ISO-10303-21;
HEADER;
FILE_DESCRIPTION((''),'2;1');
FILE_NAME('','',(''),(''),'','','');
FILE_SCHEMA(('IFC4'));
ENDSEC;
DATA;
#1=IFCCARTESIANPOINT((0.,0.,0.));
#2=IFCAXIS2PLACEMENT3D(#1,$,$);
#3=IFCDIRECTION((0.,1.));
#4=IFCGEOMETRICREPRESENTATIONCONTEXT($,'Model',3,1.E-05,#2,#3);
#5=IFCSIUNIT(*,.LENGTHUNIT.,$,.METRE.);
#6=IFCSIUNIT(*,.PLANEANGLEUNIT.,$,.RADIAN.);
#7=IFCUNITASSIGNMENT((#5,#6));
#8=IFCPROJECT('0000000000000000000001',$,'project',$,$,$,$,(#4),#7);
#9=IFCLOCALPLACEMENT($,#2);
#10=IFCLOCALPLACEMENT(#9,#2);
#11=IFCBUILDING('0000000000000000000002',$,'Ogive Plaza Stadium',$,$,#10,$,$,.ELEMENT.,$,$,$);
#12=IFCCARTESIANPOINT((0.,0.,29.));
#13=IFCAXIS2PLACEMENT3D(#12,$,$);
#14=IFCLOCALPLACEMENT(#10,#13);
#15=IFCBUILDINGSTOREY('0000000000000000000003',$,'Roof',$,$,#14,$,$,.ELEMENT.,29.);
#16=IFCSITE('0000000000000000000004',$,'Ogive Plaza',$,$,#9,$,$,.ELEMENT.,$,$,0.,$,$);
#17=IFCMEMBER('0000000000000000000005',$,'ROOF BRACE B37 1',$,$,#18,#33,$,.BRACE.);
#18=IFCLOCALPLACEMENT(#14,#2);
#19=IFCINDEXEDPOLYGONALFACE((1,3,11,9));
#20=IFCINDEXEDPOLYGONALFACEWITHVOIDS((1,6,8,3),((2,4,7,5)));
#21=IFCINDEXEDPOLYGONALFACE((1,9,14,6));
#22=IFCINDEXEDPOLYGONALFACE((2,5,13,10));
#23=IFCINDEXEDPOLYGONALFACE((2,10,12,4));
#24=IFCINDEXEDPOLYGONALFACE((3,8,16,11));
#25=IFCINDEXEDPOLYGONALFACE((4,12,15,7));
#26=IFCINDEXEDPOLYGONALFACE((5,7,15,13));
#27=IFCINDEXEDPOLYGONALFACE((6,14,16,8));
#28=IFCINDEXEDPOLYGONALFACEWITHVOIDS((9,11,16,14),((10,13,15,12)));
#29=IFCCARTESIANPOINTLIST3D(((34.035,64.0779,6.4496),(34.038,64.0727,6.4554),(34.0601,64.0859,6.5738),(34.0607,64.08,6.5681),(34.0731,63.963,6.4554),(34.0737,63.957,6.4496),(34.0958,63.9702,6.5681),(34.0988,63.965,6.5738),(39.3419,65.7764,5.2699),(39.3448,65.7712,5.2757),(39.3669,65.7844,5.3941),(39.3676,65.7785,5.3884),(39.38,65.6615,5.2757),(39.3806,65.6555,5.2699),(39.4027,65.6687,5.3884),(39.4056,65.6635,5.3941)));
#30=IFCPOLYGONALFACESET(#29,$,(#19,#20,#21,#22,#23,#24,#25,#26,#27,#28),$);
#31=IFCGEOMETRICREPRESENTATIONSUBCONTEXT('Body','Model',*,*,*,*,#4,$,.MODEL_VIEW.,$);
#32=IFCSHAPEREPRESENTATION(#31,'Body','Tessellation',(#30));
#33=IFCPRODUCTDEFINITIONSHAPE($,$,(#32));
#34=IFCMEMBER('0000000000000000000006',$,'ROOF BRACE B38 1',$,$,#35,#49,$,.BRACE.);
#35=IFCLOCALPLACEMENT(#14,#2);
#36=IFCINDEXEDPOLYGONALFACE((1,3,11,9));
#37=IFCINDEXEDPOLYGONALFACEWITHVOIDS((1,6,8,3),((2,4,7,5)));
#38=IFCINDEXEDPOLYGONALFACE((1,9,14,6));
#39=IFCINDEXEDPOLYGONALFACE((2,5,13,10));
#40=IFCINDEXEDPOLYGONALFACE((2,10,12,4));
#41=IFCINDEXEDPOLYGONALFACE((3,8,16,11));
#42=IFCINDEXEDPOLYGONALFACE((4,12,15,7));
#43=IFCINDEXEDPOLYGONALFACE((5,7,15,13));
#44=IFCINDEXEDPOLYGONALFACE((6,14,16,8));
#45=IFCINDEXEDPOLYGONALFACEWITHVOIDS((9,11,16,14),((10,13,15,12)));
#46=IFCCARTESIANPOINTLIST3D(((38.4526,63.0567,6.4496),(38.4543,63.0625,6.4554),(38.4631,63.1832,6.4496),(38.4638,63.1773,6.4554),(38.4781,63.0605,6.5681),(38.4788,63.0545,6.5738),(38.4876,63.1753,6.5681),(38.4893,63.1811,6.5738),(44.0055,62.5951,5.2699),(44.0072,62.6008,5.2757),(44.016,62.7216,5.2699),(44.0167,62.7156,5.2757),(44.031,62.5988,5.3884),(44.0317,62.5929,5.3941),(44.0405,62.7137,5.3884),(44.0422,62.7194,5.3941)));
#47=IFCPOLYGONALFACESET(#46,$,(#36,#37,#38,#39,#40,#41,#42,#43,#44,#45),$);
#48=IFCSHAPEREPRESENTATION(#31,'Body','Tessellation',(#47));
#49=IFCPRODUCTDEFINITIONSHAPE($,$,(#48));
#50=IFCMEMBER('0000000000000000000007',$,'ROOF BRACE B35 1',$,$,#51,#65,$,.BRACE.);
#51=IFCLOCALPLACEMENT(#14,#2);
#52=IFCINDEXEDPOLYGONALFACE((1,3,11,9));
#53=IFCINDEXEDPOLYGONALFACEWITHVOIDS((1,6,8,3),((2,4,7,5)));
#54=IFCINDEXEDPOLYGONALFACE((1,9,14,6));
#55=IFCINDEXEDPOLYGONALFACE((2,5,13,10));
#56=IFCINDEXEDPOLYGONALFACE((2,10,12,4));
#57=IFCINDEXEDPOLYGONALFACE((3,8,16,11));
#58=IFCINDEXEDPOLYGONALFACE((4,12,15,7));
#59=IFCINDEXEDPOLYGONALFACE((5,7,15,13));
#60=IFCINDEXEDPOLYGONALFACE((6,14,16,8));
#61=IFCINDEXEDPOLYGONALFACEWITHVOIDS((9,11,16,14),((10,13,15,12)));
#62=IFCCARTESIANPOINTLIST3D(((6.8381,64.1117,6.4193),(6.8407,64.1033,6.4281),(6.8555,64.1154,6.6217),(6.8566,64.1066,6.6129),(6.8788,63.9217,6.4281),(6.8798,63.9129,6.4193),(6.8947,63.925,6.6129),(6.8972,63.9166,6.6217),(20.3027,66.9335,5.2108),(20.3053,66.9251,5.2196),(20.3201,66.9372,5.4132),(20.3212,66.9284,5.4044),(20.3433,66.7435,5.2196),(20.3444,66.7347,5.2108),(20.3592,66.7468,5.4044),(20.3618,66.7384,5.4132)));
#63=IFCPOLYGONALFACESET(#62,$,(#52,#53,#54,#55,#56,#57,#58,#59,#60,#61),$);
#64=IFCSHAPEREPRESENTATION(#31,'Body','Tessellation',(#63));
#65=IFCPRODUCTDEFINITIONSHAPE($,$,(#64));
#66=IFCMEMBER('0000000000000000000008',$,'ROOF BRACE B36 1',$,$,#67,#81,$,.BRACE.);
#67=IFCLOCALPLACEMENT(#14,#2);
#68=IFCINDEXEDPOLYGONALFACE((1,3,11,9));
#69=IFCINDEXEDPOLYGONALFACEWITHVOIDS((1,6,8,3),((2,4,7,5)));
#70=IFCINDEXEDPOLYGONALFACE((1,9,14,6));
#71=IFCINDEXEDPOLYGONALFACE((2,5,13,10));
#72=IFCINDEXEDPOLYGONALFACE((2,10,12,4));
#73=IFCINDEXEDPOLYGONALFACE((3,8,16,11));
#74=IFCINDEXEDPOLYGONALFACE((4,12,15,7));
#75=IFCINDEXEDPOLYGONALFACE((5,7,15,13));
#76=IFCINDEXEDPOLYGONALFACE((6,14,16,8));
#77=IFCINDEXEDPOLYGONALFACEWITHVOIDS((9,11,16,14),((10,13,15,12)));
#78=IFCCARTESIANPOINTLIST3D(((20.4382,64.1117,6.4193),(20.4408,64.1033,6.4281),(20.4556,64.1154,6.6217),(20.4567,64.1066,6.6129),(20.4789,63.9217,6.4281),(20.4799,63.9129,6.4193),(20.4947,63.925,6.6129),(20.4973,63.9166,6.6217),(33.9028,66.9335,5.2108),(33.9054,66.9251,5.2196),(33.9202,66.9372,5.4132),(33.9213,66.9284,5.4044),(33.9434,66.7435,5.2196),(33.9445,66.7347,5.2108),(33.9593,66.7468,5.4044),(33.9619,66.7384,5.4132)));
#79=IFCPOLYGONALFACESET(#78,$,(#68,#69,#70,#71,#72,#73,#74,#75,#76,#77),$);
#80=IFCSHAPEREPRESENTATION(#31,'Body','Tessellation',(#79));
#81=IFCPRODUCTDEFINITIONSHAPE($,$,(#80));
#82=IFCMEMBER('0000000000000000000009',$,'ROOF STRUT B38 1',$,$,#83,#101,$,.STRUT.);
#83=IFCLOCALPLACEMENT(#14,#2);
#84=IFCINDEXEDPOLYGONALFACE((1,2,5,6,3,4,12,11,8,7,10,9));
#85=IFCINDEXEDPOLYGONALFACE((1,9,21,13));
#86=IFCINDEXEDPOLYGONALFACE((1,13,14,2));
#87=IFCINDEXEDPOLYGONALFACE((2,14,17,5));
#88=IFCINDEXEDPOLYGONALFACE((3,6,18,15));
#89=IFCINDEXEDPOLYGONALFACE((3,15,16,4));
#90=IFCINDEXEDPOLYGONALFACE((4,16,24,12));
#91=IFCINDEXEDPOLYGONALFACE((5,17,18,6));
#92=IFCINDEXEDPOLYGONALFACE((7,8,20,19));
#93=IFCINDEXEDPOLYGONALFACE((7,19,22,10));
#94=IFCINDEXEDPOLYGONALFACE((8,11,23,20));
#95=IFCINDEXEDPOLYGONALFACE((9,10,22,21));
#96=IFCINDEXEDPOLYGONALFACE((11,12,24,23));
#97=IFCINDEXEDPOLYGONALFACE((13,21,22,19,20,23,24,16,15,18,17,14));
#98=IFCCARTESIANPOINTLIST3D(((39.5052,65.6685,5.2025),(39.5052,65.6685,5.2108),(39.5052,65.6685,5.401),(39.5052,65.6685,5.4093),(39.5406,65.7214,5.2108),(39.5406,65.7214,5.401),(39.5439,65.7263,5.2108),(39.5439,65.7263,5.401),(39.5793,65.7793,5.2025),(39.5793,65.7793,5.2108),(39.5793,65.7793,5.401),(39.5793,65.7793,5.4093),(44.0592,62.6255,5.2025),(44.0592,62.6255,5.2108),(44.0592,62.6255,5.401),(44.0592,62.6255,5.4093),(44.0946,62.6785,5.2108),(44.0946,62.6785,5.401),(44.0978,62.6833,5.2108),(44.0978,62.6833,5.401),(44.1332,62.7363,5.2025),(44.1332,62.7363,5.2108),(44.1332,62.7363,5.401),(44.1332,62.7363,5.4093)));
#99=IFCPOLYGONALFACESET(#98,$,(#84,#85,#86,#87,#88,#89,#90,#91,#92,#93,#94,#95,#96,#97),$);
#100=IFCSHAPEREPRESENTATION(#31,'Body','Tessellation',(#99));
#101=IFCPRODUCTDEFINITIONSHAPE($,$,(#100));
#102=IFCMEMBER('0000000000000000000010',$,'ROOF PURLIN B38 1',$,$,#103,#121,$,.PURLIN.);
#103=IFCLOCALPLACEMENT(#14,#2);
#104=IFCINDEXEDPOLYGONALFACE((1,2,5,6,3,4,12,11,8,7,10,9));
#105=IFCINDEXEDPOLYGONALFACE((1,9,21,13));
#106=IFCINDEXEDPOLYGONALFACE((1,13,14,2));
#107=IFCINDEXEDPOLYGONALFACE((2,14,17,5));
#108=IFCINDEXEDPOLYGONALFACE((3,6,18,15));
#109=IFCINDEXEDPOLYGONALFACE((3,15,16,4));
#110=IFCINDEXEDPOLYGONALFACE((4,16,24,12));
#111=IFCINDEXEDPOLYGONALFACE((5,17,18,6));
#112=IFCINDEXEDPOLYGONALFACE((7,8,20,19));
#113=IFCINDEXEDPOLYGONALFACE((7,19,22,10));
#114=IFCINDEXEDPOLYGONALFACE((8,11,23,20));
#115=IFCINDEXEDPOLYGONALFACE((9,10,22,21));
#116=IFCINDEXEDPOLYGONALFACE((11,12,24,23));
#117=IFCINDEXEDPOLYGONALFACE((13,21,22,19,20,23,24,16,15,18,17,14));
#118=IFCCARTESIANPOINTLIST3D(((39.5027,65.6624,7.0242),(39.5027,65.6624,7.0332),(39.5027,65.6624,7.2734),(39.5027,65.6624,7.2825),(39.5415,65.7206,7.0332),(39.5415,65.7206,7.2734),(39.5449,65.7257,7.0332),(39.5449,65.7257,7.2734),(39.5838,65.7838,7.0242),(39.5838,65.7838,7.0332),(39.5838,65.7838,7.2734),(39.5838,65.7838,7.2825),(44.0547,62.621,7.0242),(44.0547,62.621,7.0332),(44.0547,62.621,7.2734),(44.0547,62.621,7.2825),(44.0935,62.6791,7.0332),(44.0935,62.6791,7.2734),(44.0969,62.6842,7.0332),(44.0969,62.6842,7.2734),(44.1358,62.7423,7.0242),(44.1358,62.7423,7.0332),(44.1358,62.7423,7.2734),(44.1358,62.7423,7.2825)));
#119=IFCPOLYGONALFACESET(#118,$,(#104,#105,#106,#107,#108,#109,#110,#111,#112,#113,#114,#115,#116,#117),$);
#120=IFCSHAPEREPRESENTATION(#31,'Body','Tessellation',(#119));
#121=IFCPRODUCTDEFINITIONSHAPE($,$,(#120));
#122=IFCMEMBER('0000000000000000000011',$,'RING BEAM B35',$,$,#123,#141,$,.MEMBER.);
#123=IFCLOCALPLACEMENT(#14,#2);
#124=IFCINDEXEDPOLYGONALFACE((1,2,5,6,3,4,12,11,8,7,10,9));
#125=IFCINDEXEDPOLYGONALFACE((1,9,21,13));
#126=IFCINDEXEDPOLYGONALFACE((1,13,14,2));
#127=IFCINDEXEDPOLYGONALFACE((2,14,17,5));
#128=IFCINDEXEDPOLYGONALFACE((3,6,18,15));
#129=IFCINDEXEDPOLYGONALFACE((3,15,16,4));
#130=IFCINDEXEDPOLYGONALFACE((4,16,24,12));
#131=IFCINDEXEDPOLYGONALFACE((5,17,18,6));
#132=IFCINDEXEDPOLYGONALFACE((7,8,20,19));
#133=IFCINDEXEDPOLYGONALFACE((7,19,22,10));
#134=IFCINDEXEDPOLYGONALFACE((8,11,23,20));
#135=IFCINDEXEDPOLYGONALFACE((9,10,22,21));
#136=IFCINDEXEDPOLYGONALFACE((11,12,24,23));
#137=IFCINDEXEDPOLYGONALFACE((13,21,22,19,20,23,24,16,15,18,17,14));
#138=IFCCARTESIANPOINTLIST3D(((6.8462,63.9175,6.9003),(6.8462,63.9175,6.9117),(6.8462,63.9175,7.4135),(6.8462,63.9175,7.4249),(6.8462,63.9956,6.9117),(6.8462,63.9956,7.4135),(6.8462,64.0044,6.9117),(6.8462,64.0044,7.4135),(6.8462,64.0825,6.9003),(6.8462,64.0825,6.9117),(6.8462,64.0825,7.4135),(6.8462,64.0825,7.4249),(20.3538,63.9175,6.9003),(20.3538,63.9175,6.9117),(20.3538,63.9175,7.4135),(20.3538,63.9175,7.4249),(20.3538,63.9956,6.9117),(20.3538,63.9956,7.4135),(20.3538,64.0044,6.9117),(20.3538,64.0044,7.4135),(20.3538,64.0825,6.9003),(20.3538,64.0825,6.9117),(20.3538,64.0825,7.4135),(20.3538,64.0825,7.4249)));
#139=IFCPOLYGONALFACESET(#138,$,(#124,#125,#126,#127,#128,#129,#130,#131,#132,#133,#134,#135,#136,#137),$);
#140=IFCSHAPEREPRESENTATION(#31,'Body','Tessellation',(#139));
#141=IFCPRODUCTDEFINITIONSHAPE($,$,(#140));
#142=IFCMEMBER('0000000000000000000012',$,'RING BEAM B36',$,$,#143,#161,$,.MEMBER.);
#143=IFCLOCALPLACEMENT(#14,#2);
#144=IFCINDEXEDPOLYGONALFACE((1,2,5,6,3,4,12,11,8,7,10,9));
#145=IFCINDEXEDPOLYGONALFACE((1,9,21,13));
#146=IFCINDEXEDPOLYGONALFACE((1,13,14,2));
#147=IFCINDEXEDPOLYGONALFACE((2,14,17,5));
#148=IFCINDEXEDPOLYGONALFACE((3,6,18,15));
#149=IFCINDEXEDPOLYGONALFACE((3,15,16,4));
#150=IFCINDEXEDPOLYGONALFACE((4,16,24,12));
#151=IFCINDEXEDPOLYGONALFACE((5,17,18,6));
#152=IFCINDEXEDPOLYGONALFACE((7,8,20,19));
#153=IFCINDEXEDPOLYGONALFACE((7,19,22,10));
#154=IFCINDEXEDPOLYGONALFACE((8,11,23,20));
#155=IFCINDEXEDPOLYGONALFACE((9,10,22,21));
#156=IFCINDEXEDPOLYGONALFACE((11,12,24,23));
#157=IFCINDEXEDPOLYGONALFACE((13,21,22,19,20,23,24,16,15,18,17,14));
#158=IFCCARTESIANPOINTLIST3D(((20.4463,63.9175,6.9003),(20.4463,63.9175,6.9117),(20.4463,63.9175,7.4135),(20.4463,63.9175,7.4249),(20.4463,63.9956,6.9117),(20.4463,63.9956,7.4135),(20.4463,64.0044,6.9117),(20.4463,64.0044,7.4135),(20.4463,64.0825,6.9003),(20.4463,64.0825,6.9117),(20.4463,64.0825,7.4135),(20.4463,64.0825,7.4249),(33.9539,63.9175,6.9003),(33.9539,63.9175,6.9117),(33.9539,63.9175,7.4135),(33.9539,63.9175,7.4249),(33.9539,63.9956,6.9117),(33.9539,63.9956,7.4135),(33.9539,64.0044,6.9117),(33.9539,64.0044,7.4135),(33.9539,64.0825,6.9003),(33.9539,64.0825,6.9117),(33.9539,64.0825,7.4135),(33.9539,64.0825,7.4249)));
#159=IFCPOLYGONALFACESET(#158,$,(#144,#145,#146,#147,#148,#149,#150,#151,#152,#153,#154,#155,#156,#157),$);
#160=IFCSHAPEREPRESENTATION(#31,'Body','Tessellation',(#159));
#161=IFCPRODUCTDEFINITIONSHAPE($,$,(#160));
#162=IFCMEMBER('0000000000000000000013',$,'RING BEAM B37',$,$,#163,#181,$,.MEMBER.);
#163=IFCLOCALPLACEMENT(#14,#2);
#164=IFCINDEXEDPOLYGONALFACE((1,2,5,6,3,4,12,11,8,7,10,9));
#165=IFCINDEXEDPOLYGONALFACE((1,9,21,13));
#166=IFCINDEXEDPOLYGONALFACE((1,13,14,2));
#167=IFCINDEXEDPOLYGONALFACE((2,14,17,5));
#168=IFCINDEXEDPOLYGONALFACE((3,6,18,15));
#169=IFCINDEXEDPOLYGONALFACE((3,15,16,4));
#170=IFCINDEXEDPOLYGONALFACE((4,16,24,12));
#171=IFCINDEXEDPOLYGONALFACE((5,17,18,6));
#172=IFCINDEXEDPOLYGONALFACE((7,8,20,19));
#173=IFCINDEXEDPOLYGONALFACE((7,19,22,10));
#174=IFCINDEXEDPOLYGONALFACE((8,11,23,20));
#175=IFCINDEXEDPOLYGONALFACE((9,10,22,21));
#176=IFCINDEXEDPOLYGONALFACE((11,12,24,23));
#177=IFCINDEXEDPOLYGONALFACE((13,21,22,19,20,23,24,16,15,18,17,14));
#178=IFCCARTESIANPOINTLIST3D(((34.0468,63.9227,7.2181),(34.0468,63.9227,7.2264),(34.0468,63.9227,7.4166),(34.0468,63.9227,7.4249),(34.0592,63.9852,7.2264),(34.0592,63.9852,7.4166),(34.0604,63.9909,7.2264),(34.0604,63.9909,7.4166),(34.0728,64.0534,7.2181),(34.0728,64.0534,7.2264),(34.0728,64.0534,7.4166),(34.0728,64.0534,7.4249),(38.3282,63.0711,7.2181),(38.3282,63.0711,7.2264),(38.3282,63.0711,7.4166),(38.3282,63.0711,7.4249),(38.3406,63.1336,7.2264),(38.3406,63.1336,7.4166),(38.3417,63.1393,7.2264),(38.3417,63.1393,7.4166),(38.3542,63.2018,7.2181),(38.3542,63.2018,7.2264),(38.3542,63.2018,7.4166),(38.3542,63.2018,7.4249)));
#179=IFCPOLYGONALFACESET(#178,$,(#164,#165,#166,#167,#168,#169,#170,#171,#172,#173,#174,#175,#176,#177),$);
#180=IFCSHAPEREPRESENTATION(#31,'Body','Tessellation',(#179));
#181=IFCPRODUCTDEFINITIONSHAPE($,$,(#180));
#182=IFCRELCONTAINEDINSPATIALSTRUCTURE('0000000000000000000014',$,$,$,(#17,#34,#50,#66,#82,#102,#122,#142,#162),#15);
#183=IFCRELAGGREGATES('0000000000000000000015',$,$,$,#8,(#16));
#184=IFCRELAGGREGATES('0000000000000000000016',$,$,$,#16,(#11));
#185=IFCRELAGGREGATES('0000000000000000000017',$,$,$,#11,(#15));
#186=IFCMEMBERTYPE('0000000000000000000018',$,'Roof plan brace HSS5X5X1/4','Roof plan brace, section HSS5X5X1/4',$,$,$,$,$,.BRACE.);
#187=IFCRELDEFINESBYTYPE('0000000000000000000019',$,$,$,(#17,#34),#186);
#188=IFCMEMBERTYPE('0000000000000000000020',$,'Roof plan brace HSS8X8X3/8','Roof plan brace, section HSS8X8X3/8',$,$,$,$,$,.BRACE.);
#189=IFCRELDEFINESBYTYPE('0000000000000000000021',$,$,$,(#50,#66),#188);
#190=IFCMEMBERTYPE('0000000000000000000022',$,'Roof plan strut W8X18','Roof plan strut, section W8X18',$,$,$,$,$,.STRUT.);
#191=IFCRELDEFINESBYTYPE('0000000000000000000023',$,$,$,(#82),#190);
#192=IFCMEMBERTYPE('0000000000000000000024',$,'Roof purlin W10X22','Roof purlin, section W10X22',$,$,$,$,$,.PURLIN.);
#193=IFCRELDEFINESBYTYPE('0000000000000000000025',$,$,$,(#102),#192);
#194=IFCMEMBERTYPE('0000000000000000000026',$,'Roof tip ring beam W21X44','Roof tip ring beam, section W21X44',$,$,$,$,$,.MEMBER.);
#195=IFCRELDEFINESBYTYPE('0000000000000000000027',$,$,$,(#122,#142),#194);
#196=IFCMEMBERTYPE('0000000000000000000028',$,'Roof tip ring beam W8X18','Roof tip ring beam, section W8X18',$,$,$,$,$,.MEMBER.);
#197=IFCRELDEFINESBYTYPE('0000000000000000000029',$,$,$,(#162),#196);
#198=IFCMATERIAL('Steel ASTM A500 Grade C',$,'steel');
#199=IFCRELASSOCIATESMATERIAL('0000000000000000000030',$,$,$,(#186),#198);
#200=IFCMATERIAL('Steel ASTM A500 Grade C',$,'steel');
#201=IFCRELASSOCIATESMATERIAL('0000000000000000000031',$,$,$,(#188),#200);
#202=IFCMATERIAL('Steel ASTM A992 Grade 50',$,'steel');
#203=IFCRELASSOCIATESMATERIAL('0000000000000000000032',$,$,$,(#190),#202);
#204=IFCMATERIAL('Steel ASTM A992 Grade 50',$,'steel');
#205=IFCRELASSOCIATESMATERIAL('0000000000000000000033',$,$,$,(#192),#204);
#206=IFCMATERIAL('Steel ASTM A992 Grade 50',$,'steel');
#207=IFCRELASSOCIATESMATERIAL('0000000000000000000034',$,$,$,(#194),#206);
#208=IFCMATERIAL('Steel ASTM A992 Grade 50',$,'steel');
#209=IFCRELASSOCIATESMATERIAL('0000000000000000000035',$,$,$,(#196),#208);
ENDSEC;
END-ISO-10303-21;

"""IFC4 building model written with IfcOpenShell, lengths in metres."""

from ifc_helpers import new_model, si_unit, direction, frame, origin, origin_2d, place, context, subcontext, project, spatial, hollow_rectangle, i_section, extrude, material, material_profile, profile_set, type_object, element, save


model = new_model("IFC4")

# Units and contexts
model_context = context("Model", 3, precision=1e-05, world=origin(), true_north=direction((0.0, 1.0)))
body_context = subcontext(model_context, "Body", "Model", "MODEL_VIEW")
ifc_project = project(units=[si_unit("LENGTHUNIT", "METRE"), si_unit("PLANEANGLEUNIT", "RADIAN")], contexts=[model_context])

# Site, building, storey
site_placement = place(None, origin())
site = spatial("IfcSite", under=ifc_project, at=site_placement, Name="Ogive Plaza", CompositionType="ELEMENT", RefElevation=0.0)
building_placement = place(site_placement, origin())
building = spatial("IfcBuilding", under=site, at=building_placement, Name="Ogive Plaza Stadium", CompositionType="ELEMENT")
storey_placement = place(building_placement, frame((0.0, 0.0, 29.0)))
storey = spatial("IfcBuildingStorey", under=building, at=storey_placement, Name="Roof", CompositionType="ELEMENT", Elevation=29.0)

# Members
ifc_material_1 = material(Name="Steel ASTM A500 Grade C", Category="steel")
ifc_material_profile_1 = material_profile(ifc_material_1, hollow_rectangle(XDim=0.127, YDim=0.127, WallThickness=0.0059, at=origin_2d()), Name="HSS5X5X1/4")
ifc_profile_set_1 = profile_set([ifc_material_profile_1], Name="Steel ASTM A500 Grade C")
member_type_1 = type_object("IfcMemberType", Name="Roof plan brace HSS5X5X1/4", Description="Roof plan brace, section HSS5X5X1/4", PredefinedType="BRACE", material=ifc_profile_set_1)
for number, where, z_axis, x_axis, name in (
    (1, (34.0669, 64.0215, 6.5117), (0.931756, 0.298212, -0.207124), (-0.304822, 0.952409, 0.0), "ROOF BRACE B37 1"),
    (2, (38.4709, 63.1189, 6.5117), (0.974952, -0.081057, -0.207121), (0.082853, 0.996562, 0.0), "ROOF BRACE B38 1"),
):
    element("IfcMember", number, at=place(storey_placement, frame(where, z_axis=z_axis, x_axis=x_axis)), inside=storey, type_object=member_type_1, Name=name, PredefinedType="BRACE", context=body_context, shape_type="SweptSolid", body=[
        extrude(hollow_rectangle(XDim=0.127, YDim=0.127, WallThickness=0.0059, at=origin_2d()), origin(), (0.0, 0.0, 1.0), 5.6956),
    ])
ifc_material_2 = material(Name="Steel ASTM A500 Grade C", Category="steel")
ifc_material_profile_2 = material_profile(ifc_material_2, hollow_rectangle(XDim=0.2031, YDim=0.2031, WallThickness=0.0088, at=origin_2d()), Name="HSS8X8X3/8")
ifc_profile_set_2 = profile_set([ifc_material_profile_2], Name="Steel ASTM A500 Grade C")
member_type_2 = type_object("IfcMemberType", Name="Roof plan brace HSS8X8X3/8", Description="Roof plan brace, section HSS8X8X3/8", PredefinedType="BRACE", material=ifc_profile_set_2)
for number, where, z_axis, x_axis, name in (
    (3, (6.8677, 64.0142, 6.5205), (0.974983, 0.204327, -0.087508), (-0.205114, 0.978738, 0.0), "ROOF BRACE B35 1"),
    (4, (20.4678, 64.0142, 6.5205), (0.974983, 0.204327, -0.087508), (-0.205114, 0.978738, 0.0), "ROOF BRACE B36 1"),
):
    element("IfcMember", number, at=place(storey_placement, frame(where, z_axis=z_axis, x_axis=x_axis)), inside=storey, type_object=member_type_2, Name=name, PredefinedType="BRACE", context=body_context, shape_type="SweptSolid", body=[
        extrude(hollow_rectangle(XDim=0.2031, YDim=0.2031, WallThickness=0.0088, at=origin_2d()), origin(), (0.0, 0.0, 1.0), 13.8101),
    ])
ifc_material_3 = material(Name="Steel ASTM A992 Grade 50", Category="steel")
ifc_material_profile_3 = material_profile(ifc_material_3, i_section(OverallWidth=0.1333, OverallDepth=0.2068, WebThickness=0.0059, FlangeThickness=0.0083, at=origin_2d()), Name="W8X18")
ifc_profile_set_3 = profile_set([ifc_material_profile_3], Name="Steel ASTM A992 Grade 50")
member_type_3 = type_object("IfcMemberType", Name="Roof plan strut W8X18", Description="Roof plan strut, section W8X18", PredefinedType="STRUT", material=ifc_profile_set_3)
member_1_placement = place(storey_placement, frame((39.5422, 65.7239, 5.3059), z_axis=(0.83146, -0.555585, 0.0), x_axis=(0.555585, 0.83146, 0.0)))
element("IfcMember", 5, at=member_1_placement, inside=storey, type_object=member_type_3, Name="ROOF STRUT B38 1", PredefinedType="STRUT", context=body_context, shape_type="SweptSolid", body=[
    extrude(i_section(OverallWidth=0.1333, OverallDepth=0.2068, WebThickness=0.0059, FlangeThickness=0.0083, at=origin_2d()), origin(), (0.0, 0.0, 1.0), 5.4771),
])
ifc_material_4 = material(Name="Steel ASTM A992 Grade 50", Category="steel")
ifc_material_profile_4 = material_profile(ifc_material_4, i_section(OverallWidth=0.146, OverallDepth=0.2583, WebThickness=0.0061, FlangeThickness=0.009, at=origin_2d()), Name="W10X22")
ifc_profile_set_4 = profile_set([ifc_material_profile_4], Name="Steel ASTM A992 Grade 50")
member_type_4 = type_object("IfcMemberType", Name="Roof purlin W10X22", Description="Roof purlin, section W10X22", PredefinedType="PURLIN", material=ifc_profile_set_4)
member_2_placement = place(storey_placement, frame((39.5432, 65.7231, 7.1533), z_axis=(0.831474, -0.555564, 0.0), x_axis=(0.555564, 0.831474, 0.0)))
element("IfcMember", 6, at=member_2_placement, inside=storey, type_object=member_type_4, Name="ROOF PURLIN B38 1", PredefinedType="PURLIN", context=body_context, shape_type="SweptSolid", body=[
    extrude(i_section(OverallWidth=0.146, OverallDepth=0.2583, WebThickness=0.0061, FlangeThickness=0.009, at=origin_2d()), origin(), (0.0, 0.0, 1.0), 5.4746),
])
ifc_material_5 = material(Name="Steel ASTM A992 Grade 50", Category="steel")
ifc_material_profile_5 = material_profile(ifc_material_5, i_section(OverallWidth=0.165, OverallDepth=0.5247, WebThickness=0.0088, FlangeThickness=0.0115, at=origin_2d()), Name="W21X44")
ifc_profile_set_5 = profile_set([ifc_material_profile_5], Name="Steel ASTM A992 Grade 50")
member_type_5 = type_object("IfcMemberType", Name="Roof tip ring beam W21X44", Description="Roof tip ring beam, section W21X44", PredefinedType="MEMBER", material=ifc_profile_set_5)
for number, where, z_axis, x_axis, name in (
    (7, (6.8462, 64.0, 7.1626), (1.0, 0.0, 0.0), (0.0, 1.0, 0.0), "RING BEAM B35"),
    (8, (20.4463, 64.0, 7.1626), (1.0, 0.0, 0.0), (0.0, 1.0, 0.0), "RING BEAM B36"),
):
    element("IfcMember", number, at=place(storey_placement, frame(where, z_axis=z_axis, x_axis=x_axis)), inside=storey, type_object=member_type_5, Name=name, PredefinedType="MEMBER", context=body_context, shape_type="SweptSolid", body=[
        extrude(i_section(OverallWidth=0.165, OverallDepth=0.5247, WebThickness=0.0088, FlangeThickness=0.0115, at=origin_2d()), origin(), (0.0, 0.0, 1.0), 13.5076),
    ])
ifc_material_6 = material(Name="Steel ASTM A992 Grade 50", Category="steel")
ifc_material_profile_6 = material_profile(ifc_material_6, i_section(OverallWidth=0.1333, OverallDepth=0.2068, WebThickness=0.0059, FlangeThickness=0.0083, at=origin_2d()), Name="W8X18")
ifc_profile_set_6 = profile_set([ifc_material_profile_6], Name="Steel ASTM A992 Grade 50")
member_type_6 = type_object("IfcMemberType", Name="Roof tip ring beam W8X18", Description="Roof tip ring beam, section W8X18", PredefinedType="MEMBER", material=ifc_profile_set_6)
for number, where, z_axis, x_axis, name in (
    (9, (34.0598, 63.988, 7.3215), (0.980787, -0.195083, 0.0), (0.195083, 0.980787, 0.0), "RING BEAM B37"),
):
    element("IfcMember", number, at=place(storey_placement, frame(where, z_axis=z_axis, x_axis=x_axis)), inside=storey, type_object=member_type_6, Name=name, PredefinedType="MEMBER", context=body_context, shape_type="SweptSolid", body=[
        extrude(i_section(OverallWidth=0.1333, OverallDepth=0.2068, WebThickness=0.0059, FlangeThickness=0.0083, at=origin_2d()), origin(), (0.0, 0.0, 1.0), 4.3652),
    ])

save(model, "model.ifc")
